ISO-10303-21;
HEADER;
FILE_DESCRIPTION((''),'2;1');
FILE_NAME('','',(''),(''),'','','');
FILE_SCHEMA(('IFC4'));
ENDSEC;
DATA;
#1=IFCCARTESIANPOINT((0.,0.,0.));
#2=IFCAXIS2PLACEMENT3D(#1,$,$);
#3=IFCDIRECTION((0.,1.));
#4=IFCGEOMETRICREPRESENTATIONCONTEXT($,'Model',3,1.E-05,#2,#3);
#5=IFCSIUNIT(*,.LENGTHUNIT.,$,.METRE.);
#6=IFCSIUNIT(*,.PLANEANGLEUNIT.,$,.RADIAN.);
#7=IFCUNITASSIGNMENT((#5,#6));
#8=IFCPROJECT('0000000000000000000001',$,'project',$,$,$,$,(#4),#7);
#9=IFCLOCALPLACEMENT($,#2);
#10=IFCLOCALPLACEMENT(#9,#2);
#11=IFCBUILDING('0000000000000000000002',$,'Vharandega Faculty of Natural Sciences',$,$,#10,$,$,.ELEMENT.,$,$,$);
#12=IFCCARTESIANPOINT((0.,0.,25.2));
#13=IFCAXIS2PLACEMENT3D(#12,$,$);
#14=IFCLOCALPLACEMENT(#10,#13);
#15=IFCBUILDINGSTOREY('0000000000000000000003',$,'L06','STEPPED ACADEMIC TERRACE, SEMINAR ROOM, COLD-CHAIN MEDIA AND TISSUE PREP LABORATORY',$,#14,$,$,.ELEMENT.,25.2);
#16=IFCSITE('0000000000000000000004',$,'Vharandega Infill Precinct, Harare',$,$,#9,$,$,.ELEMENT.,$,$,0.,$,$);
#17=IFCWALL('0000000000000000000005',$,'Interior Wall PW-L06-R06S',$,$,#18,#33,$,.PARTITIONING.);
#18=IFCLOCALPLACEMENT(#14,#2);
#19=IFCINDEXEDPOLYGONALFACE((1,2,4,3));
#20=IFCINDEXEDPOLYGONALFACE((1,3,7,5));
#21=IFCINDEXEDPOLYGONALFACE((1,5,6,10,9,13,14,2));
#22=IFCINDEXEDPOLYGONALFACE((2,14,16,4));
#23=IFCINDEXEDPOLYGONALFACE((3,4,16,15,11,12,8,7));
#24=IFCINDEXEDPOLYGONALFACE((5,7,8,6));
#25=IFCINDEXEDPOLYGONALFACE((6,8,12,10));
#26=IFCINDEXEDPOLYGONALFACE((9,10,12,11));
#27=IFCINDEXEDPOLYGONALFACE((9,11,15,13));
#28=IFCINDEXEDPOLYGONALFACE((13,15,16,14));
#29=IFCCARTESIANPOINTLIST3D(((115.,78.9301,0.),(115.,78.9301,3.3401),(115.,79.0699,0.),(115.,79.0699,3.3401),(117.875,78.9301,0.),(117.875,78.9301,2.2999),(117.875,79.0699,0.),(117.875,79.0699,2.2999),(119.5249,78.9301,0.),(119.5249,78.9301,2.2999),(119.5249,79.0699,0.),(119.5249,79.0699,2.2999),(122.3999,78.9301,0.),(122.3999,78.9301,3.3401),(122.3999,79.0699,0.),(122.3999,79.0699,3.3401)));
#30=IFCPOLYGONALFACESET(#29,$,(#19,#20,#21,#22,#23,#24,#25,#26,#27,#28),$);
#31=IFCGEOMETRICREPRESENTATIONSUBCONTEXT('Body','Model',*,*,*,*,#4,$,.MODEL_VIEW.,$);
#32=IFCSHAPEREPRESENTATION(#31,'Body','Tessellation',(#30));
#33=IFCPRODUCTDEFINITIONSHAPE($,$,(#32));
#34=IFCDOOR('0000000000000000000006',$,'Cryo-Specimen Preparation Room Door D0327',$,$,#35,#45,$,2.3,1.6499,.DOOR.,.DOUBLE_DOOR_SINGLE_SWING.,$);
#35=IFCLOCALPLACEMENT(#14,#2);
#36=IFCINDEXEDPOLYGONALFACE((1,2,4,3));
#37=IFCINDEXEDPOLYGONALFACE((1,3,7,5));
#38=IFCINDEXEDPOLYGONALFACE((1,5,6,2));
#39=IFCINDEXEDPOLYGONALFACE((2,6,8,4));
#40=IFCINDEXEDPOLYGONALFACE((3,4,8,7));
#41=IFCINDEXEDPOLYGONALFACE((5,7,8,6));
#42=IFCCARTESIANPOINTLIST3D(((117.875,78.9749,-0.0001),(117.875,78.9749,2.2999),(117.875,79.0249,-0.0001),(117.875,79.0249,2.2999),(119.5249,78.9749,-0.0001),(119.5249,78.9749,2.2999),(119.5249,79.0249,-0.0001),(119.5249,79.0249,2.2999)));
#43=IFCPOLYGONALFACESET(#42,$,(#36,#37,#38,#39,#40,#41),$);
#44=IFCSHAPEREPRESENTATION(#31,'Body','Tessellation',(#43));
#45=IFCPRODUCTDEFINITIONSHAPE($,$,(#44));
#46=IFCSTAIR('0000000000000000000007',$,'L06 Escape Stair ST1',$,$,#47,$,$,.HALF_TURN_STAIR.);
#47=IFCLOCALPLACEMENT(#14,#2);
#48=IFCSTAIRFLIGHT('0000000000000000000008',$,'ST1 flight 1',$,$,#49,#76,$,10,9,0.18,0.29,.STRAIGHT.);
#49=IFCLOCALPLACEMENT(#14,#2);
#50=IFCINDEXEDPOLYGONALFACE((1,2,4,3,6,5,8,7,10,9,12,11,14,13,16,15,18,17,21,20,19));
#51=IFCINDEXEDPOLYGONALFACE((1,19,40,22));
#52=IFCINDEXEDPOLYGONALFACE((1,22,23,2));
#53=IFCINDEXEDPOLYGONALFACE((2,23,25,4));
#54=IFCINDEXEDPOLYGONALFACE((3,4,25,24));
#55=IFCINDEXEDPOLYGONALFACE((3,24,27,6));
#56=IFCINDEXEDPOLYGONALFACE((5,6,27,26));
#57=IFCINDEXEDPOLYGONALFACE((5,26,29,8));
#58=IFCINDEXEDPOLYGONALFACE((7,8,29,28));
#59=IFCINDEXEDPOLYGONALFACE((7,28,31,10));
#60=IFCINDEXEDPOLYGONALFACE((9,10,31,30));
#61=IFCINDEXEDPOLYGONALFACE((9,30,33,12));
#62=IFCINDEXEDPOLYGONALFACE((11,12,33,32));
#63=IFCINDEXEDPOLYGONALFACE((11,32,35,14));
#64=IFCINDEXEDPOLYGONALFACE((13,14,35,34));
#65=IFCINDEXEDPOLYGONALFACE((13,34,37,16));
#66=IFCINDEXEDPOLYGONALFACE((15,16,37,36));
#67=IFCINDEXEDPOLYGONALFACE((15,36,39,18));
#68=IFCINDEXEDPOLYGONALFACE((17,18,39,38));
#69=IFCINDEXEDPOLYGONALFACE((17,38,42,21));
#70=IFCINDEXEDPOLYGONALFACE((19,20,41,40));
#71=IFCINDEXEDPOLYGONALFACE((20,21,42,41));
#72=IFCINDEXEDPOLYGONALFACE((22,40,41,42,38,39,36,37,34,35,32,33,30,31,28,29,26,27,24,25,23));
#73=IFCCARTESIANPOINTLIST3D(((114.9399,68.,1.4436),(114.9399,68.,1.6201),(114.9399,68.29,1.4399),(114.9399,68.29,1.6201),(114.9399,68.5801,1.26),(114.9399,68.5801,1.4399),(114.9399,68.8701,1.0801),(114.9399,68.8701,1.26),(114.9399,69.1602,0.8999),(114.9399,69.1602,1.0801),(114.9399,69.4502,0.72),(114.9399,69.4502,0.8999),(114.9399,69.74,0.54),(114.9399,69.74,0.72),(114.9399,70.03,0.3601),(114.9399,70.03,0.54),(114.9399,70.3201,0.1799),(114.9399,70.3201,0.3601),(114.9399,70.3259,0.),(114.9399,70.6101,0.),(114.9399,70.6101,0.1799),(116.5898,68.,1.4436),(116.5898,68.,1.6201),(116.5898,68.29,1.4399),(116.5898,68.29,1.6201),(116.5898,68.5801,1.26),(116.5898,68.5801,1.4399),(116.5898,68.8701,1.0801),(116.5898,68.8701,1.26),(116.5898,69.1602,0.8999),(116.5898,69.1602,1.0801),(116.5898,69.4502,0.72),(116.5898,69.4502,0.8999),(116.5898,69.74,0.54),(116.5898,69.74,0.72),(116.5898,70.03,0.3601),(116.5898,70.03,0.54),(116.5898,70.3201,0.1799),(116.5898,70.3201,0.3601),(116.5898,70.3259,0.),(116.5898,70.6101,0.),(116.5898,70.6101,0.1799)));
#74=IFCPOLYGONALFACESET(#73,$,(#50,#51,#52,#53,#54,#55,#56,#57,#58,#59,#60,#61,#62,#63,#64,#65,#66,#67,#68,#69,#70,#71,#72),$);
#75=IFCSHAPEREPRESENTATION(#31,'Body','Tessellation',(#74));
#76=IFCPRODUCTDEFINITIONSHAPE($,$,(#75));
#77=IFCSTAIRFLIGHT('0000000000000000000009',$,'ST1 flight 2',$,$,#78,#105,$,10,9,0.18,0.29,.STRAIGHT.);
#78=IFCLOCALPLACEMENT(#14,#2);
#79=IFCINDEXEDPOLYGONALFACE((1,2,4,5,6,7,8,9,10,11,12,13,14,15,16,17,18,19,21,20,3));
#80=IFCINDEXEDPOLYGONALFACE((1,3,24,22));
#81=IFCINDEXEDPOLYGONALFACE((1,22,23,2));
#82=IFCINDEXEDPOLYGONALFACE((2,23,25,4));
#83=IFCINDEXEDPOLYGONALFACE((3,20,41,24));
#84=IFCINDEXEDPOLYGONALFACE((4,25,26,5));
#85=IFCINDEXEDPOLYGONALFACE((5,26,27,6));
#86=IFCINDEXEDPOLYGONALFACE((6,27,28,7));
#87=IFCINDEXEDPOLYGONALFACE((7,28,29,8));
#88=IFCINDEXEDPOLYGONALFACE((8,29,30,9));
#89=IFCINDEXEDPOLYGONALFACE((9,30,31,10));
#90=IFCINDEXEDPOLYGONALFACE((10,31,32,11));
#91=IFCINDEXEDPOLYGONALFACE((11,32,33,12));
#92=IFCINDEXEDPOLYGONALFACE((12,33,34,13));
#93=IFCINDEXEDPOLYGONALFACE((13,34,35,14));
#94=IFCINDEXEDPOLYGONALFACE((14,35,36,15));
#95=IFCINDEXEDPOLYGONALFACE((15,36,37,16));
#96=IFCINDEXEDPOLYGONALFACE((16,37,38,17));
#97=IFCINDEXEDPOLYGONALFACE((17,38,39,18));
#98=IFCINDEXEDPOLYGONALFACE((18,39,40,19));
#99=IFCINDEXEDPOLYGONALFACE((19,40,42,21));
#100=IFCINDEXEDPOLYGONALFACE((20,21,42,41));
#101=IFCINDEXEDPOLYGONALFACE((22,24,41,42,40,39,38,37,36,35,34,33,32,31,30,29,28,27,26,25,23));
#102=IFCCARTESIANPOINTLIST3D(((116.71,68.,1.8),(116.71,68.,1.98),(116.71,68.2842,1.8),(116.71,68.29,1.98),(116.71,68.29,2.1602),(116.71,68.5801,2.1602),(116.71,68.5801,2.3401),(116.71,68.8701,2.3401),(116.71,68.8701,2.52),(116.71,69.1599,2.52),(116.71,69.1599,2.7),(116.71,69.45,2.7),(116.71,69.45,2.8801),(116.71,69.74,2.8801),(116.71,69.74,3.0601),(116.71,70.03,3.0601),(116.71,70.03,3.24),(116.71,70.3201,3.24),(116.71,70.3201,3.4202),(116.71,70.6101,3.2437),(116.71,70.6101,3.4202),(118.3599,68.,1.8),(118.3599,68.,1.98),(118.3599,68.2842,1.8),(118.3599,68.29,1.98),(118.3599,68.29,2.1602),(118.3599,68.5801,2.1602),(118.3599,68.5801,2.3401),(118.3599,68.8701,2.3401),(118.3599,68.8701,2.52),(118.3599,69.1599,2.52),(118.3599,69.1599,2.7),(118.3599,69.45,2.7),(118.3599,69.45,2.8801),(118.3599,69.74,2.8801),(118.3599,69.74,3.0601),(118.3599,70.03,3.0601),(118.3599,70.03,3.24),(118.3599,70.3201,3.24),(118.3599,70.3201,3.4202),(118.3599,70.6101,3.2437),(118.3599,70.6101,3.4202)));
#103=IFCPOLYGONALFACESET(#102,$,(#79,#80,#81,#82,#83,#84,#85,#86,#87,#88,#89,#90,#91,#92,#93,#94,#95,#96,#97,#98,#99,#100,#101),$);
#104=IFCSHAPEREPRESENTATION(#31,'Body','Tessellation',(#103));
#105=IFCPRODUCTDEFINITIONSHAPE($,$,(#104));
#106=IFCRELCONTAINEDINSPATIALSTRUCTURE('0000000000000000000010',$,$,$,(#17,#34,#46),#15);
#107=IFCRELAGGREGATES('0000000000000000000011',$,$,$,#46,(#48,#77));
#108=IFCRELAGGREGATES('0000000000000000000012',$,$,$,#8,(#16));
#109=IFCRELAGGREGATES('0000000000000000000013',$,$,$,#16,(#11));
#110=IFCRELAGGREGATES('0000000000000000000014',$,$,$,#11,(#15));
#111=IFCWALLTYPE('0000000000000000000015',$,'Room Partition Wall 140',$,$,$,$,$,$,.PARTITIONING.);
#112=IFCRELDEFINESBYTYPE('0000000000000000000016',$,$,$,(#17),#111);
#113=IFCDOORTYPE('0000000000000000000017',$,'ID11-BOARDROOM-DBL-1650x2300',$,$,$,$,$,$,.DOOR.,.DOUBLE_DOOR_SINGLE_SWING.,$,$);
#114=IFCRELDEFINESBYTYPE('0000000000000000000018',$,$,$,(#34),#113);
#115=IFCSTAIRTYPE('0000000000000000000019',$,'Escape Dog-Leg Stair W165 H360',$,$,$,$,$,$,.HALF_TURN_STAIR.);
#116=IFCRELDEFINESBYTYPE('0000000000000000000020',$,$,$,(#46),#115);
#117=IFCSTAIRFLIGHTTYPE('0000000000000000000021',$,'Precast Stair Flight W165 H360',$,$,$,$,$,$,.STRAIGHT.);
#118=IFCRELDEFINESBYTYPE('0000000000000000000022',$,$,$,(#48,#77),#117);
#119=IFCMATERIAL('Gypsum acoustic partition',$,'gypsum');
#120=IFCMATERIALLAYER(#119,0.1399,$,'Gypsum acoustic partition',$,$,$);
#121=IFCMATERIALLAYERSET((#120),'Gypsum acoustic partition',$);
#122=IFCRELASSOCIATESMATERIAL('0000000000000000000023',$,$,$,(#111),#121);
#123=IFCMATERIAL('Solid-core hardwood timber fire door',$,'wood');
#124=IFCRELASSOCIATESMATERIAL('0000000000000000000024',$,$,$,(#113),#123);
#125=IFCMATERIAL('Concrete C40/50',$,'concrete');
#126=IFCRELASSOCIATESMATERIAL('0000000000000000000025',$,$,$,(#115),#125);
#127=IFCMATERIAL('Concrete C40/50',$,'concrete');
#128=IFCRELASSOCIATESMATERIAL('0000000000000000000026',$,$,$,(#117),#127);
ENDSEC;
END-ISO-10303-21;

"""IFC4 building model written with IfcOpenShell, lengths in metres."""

from ifc_helpers import new_model, si_unit, direction, frame, frame_2d, origin, place, context, subcontext, project, spatial, polyline, rectangle, outline, extrude, material, layer, layer_set, type_object, element, fill, aggregate, save


model = new_model("IFC4")

# Units and contexts
model_context = context("Model", 3, precision=1e-05, world=origin(), true_north=direction((0.0, 1.0)))
body_context = subcontext(model_context, "Body", "Model", "MODEL_VIEW")
ifc_project = project(units=[si_unit("LENGTHUNIT", "METRE"), si_unit("PLANEANGLEUNIT", "RADIAN")], contexts=[model_context])

# Site, building, storey
site_placement = place(None, origin())
site = spatial("IfcSite", under=ifc_project, at=site_placement, Name="Vharandega Infill Precinct, Harare", CompositionType="ELEMENT", RefElevation=0.0)
building_placement = place(site_placement, origin())
building = spatial("IfcBuilding", under=site, at=building_placement, Name="Vharandega Faculty of Natural Sciences", CompositionType="ELEMENT")
storey_placement = place(building_placement, frame((0.0, 0.0, 25.2)))
storey = spatial("IfcBuildingStorey", under=building, at=storey_placement, Name="L06", Description="STEPPED ACADEMIC TERRACE, SEMINAR ROOM, COLD-CHAIN MEDIA AND TISSUE PREP LABORATORY", CompositionType="ELEMENT", Elevation=25.2)

# Wall, opening, door
ifc_material_1 = material(Name="Gypsum acoustic partition", Category="gypsum")
ifc_layer_1 = layer(ifc_material_1, 0.1399, Name="Gypsum acoustic partition")
ifc_layer_set_1 = layer_set([ifc_layer_1], Name="Gypsum acoustic partition")
wall_type_1 = type_object("IfcWallType", Name="Room Partition Wall 140", PredefinedType="PARTITIONING", material=ifc_layer_set_1)
wall_1_placement = place(storey_placement, frame((115.0, 79.0, 0.0), z_axis=(0.0, 0.0, 1.0), x_axis=(1.0, 0.0, 0.0)))
wall_1 = element("IfcWall", 1, at=wall_1_placement, inside=storey, type_object=wall_type_1, Name="Interior Wall PW-L06-R06S", PredefinedType="PARTITIONING", context=body_context, shape_type="SweptSolid", body=[
    extrude(rectangle(XDim=7.3999, YDim=0.1399, at=frame_2d((3.7, 0.0))), origin(), (0.0, 0.0, 1.0), 3.3401),
])
opening_1_placement = place(wall_1_placement, frame((2.875, 0.0, 0.0)))
opening_1 = element("IfcOpeningElement", 2, at=opening_1_placement, cuts=wall_1, PredefinedType="OPENING", context=body_context, shape_type="SweptSolid", body=[
    extrude(rectangle(XDim=1.6499, YDim=2.3, at=frame_2d((0.825, 1.1499))), frame((0.0, 0.0801, 0.0), z_axis=(0.0, -1.0, 0.0), x_axis=(1.0, 0.0, 0.0)), (0.0, 0.0, 1.0), 0.1599),
])
ifc_material_2 = material(Name="Solid-core hardwood timber fire door", Category="wood")
door_type_1 = type_object("IfcDoorType", Name="ID11-BOARDROOM-DBL-1650x2300", OperationType="DOUBLE_DOOR_SINGLE_SWING", PredefinedType="DOOR", material=ifc_material_2)
door_1_placement = place(opening_1_placement, origin())
door_1 = element("IfcDoor", 3, at=door_1_placement, inside=storey, type_object=door_type_1, Name="Cryo-Specimen Preparation Room Door D0327", OperationType="DOUBLE_DOOR_SINGLE_SWING", OverallHeight=2.3, OverallWidth=1.6499, PredefinedType="DOOR", context=body_context, shape_type="SweptSolid", body=[
    extrude(rectangle(XDim=1.6499, YDim=2.3, at=frame_2d((0.825, 1.1499))), frame((0.0, 0.0249, 0.0), z_axis=(0.0, -1.0, 0.0), x_axis=(1.0, 0.0, 0.0)), (0.0, 0.0, 1.0), 0.05),
])
fill(opening_1, door_1)

# Stair, stair flights
ifc_material_3 = material(Name="Concrete C40/50", Category="concrete")
stair_type = type_object("IfcStairType", Name="Escape Dog-Leg Stair W165 H360", PredefinedType="HALF_TURN_STAIR", material=ifc_material_3)
stair_placement = place(storey_placement, origin())
stair = element("IfcStair", 4, at=stair_placement, inside=storey, type_object=stair_type, Name="L06 Escape Stair ST1", PredefinedType="HALF_TURN_STAIR")
ifc_material_4 = material(Name="Concrete C40/50", Category="concrete")
stair_flight_type = type_object("IfcStairFlightType", Name="Precast Stair Flight W165 H360", PredefinedType="STRAIGHT", material=ifc_material_4)
stair_flight_1_placement = place(storey_placement, frame((115.7649, 70.6101, 0.0), z_axis=(0.0, 0.0, 1.0), x_axis=(0.0, -1.0, 0.0)))
stair_flight_1 = element("IfcStairFlight", 5, at=stair_flight_1_placement, type_object=stair_flight_type, Name="ST1 flight 1", NumberOfRisers=10, NumberOfTreads=9, PredefinedType="STRAIGHT", RiserHeight=0.18, TreadLength=0.29, context=body_context, shape_type="SweptSolid", body=[
    extrude(outline(polyline([(0.0, 0.0), (0.0, 0.1799), (0.29, 0.1799), (0.29, 0.3601), (0.5801, 0.3601), (0.5801, 0.54), (0.8701, 0.54), (0.8701, 0.72), (1.1599, 0.72), (1.1599, 0.8999), (1.45, 0.8999), (1.45, 1.0801), (1.74, 1.0801), (1.74, 1.26), (2.03, 1.26), (2.03, 1.4399), (2.3201, 1.4399), (2.3201, 1.6201), (2.6101, 1.6201), (2.6101, 1.8), (2.6101, 1.4436), (0.2842, 0.0), (0.0, 0.0)])), frame((0.0, 0.825, 0.0), z_axis=(0.0, -1.0, 0.0), x_axis=(1.0, 0.0, 0.0)), (0.0, 0.0, 1.0), 1.6499),
])
stair_flight_2_placement = place(storey_placement, frame((117.5349, 68.0, 1.8), z_axis=(0.0, 0.0, 1.0), x_axis=(0.0, 1.0, 0.0)))
stair_flight_2 = element("IfcStairFlight", 6, at=stair_flight_2_placement, type_object=stair_flight_type, Name="ST1 flight 2", NumberOfRisers=10, NumberOfTreads=9, PredefinedType="STRAIGHT", RiserHeight=0.18, TreadLength=0.29, context=body_context, shape_type="SweptSolid", body=[
    extrude(outline(polyline([(0.0, 0.0), (0.0, 0.1799), (0.29, 0.1799), (0.29, 0.3601), (0.5801, 0.3601), (0.5801, 0.54), (0.8701, 0.54), (0.8701, 0.72), (1.1599, 0.72), (1.1599, 0.8999), (1.45, 0.8999), (1.45, 1.0801), (1.74, 1.0801), (1.74, 1.26), (2.03, 1.26), (2.03, 1.4399), (2.3201, 1.4399), (2.3201, 1.6201), (2.6101, 1.6201), (2.6101, 1.8), (2.6101, 1.4436), (0.2842, 0.0), (0.0, 0.0)])), frame((0.0, 0.825, 0.0), z_axis=(0.0, -1.0, 0.0), x_axis=(1.0, 0.0, 0.0)), (0.0, 0.0, 1.0), 1.6499),
])
aggregate(stair, [stair_flight_1, stair_flight_2])

save(model, "model.ifc")
